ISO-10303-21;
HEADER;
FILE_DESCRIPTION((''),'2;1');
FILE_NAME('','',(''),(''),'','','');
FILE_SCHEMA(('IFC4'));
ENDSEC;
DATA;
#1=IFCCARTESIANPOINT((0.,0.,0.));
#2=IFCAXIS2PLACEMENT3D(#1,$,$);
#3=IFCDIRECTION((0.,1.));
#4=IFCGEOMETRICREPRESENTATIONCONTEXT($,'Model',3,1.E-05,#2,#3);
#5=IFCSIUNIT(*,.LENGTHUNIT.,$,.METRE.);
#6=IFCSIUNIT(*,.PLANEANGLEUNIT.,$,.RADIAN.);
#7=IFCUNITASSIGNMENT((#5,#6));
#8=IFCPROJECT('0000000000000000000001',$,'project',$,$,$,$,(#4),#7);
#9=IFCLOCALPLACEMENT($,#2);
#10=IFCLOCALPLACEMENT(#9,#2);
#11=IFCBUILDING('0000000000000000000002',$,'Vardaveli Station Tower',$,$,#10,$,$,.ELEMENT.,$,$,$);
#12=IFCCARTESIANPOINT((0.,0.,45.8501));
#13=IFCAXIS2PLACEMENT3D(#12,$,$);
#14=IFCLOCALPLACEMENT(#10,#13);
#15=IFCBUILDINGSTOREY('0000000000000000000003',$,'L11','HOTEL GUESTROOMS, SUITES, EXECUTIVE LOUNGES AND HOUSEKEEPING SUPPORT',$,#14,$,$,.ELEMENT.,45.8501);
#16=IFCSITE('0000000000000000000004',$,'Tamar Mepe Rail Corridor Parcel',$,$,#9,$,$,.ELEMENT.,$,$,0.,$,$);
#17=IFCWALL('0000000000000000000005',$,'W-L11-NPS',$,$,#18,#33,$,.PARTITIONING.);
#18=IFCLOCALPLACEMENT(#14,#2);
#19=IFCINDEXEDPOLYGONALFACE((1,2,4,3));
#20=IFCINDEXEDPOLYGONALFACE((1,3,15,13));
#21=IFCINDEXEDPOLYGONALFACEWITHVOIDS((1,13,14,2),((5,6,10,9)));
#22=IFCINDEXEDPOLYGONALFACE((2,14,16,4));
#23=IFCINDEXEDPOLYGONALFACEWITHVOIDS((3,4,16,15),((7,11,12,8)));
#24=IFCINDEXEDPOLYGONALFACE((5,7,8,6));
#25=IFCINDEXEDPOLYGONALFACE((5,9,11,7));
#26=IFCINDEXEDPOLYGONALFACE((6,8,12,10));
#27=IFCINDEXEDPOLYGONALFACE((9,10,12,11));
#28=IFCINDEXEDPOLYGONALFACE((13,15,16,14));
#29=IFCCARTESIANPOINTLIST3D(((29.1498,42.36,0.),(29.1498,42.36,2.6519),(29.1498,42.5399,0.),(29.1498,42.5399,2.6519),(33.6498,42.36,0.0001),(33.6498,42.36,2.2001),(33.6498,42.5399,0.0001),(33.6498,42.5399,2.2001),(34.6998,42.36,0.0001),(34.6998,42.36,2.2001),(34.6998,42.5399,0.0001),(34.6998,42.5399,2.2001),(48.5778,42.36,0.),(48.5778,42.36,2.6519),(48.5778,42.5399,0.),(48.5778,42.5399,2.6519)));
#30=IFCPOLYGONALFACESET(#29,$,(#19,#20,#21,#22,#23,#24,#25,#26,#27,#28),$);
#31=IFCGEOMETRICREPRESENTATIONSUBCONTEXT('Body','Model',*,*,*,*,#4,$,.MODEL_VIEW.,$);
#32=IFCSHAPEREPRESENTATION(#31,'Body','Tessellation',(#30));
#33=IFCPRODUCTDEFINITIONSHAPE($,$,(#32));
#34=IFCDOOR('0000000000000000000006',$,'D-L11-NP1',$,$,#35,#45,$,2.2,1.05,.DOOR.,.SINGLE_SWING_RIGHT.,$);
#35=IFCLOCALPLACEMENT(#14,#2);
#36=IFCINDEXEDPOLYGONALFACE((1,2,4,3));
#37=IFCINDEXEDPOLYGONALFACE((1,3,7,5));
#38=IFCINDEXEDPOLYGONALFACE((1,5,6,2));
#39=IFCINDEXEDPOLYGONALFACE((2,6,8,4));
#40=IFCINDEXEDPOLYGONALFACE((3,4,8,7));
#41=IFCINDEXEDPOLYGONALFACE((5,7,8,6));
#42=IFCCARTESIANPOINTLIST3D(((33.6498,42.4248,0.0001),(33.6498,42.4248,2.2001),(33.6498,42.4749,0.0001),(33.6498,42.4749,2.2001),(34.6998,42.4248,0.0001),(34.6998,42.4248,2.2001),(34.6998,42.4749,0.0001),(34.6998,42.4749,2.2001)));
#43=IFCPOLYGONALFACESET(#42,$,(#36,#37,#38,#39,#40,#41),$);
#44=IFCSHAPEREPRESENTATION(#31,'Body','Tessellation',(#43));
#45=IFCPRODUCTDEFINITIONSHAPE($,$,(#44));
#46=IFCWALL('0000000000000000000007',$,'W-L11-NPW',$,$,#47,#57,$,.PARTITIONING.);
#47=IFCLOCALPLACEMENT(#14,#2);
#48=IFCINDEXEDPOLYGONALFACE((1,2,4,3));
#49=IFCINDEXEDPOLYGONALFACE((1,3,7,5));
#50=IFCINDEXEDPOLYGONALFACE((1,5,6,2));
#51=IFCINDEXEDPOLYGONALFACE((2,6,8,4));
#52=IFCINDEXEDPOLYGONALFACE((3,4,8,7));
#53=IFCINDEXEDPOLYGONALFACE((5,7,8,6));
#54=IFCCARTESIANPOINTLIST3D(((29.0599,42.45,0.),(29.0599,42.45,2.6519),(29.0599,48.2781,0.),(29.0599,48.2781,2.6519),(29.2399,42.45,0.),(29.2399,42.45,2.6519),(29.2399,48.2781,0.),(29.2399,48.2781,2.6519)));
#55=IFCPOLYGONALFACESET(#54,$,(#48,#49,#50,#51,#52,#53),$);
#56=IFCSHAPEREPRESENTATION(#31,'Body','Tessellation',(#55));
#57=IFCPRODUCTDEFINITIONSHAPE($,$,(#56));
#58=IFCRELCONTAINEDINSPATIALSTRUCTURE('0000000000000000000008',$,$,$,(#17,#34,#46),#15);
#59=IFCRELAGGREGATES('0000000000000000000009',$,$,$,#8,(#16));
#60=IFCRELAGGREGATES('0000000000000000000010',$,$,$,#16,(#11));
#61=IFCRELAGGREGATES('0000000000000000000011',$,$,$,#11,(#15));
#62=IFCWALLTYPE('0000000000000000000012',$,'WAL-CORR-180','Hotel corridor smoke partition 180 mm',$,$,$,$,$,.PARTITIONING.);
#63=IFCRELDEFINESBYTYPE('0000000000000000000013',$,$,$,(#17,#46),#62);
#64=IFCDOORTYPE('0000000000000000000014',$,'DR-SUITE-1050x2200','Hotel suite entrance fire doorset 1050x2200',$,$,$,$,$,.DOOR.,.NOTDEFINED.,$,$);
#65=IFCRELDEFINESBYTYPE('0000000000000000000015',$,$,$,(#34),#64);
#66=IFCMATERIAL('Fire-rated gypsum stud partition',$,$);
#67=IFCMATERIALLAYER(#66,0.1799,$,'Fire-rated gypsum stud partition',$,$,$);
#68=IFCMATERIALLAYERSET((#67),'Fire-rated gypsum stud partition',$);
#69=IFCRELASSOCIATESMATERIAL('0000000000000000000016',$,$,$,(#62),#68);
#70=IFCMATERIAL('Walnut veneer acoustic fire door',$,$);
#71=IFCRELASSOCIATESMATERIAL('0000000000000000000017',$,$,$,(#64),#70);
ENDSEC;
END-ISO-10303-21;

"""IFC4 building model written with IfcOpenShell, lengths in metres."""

from ifc_helpers import new_model, si_unit, direction, frame, frame_2d, origin, place, context, subcontext, project, spatial, rectangle, extrude, source, transform, mapped, material, layer, layer_set, type_object, element, fill, save


model = new_model("IFC4")

# Units and contexts
model_context = context("Model", 3, precision=1e-05, world=origin(), true_north=direction((0.0, 1.0)))
body_context = subcontext(model_context, "Body", "Model", "MODEL_VIEW")
ifc_project = project(units=[si_unit("LENGTHUNIT", "METRE"), si_unit("PLANEANGLEUNIT", "RADIAN")], contexts=[model_context])

# Site, building, storey
site_placement = place(None, origin())
site = spatial("IfcSite", under=ifc_project, at=site_placement, Name="Tamar Mepe Rail Corridor Parcel", CompositionType="ELEMENT", RefElevation=0.0)
building_placement = place(site_placement, origin())
building = spatial("IfcBuilding", under=site, at=building_placement, Name="Vardaveli Station Tower", CompositionType="ELEMENT")
storey_placement = place(building_placement, frame((0.0, 0.0, 45.8501)))
storey = spatial("IfcBuildingStorey", under=building, at=storey_placement, Name="L11", Description="HOTEL GUESTROOMS, SUITES, EXECUTIVE LOUNGES AND HOUSEKEEPING SUPPORT", CompositionType="ELEMENT", Elevation=45.8501)

# Wall, opening, door
ifc_material_1 = material(Name="Fire-rated gypsum stud partition")
ifc_layer_1 = layer(ifc_material_1, 0.1799, Name="Fire-rated gypsum stud partition")
ifc_layer_set_1 = layer_set([ifc_layer_1], Name="Fire-rated gypsum stud partition")
wall_type_1 = type_object("IfcWallType", Name="WAL-CORR-180", Description="Hotel corridor smoke partition 180 mm", PredefinedType="PARTITIONING", material=ifc_layer_set_1)
shared_shape_1 = source(origin(), body_context, "Body", "SweptSolid", [
    extrude(rectangle(XDim=19.428, YDim=0.1799, at=frame_2d((9.7139, 0.0))), origin(), (0.0, 0.0, 1.0), 2.6519),
])
wall_1_placement = place(storey_placement, frame((29.1499, 42.45, 0.0), z_axis=(0.0, 0.0, 1.0), x_axis=(1.0, 0.0, 0.0)))
wall_1 = element("IfcWall", 1, at=wall_1_placement, inside=storey, type_object=wall_type_1, Name="W-L11-NPS", PredefinedType="PARTITIONING", context=body_context, shape_type="MappedRepresentation", body=[
    mapped(shared_shape_1, transform((0.0, 0.0, 0.0), scale=1.0)),
])
shared_shape_2 = source(origin(), body_context, "Body", "SweptSolid", [
    extrude(rectangle(XDim=1.05, YDim=2.2, at=frame_2d((0.5249, 1.1001))), frame((0.0, 0.1001, 0.0), z_axis=(0.0, -1.0, 0.0), x_axis=(1.0, 0.0, 0.0)), (0.0, 0.0, 1.0), 0.2),
])
opening_1_placement = place(wall_1_placement, frame((4.5, 0.0, 0.0)))
opening_1 = element("IfcOpeningElement", 2, at=opening_1_placement, cuts=wall_1, PredefinedType="OPENING", context=body_context, shape_type="MappedRepresentation", body=[
    mapped(shared_shape_2, transform((0.0, 0.0, 0.0), scale=1.0)),
])
ifc_material_2 = material(Name="Walnut veneer acoustic fire door")
door_type_1 = type_object("IfcDoorType", Name="DR-SUITE-1050x2200", Description="Hotel suite entrance fire doorset 1050x2200", OperationType="NOTDEFINED", PredefinedType="DOOR", material=ifc_material_2)
shared_shape_3 = source(origin(), body_context, "Body", "SweptSolid", [
    extrude(rectangle(XDim=1.05, YDim=2.2, at=frame_2d((0.5249, 1.1001))), frame((0.0, 0.0249, 0.0), z_axis=(0.0, -1.0, 0.0), x_axis=(1.0, 0.0, 0.0)), (0.0, 0.0, 1.0), 0.05),
])
door_1_placement = place(opening_1_placement, origin())
door_1 = element("IfcDoor", 3, at=door_1_placement, inside=storey, type_object=door_type_1, Name="D-L11-NP1", OperationType="SINGLE_SWING_RIGHT", OverallHeight=2.2, OverallWidth=1.05, PredefinedType="DOOR", context=body_context, shape_type="MappedRepresentation", body=[
    mapped(shared_shape_3, transform((0.0, 0.0, 0.0), scale=1.0)),
])
fill(opening_1, door_1)

# Wall
shared_shape_4 = source(origin(), body_context, "Body", "SweptSolid", [
    extrude(rectangle(XDim=5.8281, YDim=0.1799, at=frame_2d((2.9141, 0.0))), origin(), (0.0, 0.0, 1.0), 2.6519),
])
wall_2_placement = place(storey_placement, frame((29.1499, 42.45, 0.0), z_axis=(0.0, 0.0, 1.0), x_axis=(0.0, 1.0, 0.0)))
element("IfcWall", 4, at=wall_2_placement, inside=storey, type_object=wall_type_1, Name="W-L11-NPW", PredefinedType="PARTITIONING", context=body_context, shape_type="MappedRepresentation", body=[
    mapped(shared_shape_4, transform((0.0, 0.0, 0.0), scale=1.0)),
])

save(model, "model.ifc")
